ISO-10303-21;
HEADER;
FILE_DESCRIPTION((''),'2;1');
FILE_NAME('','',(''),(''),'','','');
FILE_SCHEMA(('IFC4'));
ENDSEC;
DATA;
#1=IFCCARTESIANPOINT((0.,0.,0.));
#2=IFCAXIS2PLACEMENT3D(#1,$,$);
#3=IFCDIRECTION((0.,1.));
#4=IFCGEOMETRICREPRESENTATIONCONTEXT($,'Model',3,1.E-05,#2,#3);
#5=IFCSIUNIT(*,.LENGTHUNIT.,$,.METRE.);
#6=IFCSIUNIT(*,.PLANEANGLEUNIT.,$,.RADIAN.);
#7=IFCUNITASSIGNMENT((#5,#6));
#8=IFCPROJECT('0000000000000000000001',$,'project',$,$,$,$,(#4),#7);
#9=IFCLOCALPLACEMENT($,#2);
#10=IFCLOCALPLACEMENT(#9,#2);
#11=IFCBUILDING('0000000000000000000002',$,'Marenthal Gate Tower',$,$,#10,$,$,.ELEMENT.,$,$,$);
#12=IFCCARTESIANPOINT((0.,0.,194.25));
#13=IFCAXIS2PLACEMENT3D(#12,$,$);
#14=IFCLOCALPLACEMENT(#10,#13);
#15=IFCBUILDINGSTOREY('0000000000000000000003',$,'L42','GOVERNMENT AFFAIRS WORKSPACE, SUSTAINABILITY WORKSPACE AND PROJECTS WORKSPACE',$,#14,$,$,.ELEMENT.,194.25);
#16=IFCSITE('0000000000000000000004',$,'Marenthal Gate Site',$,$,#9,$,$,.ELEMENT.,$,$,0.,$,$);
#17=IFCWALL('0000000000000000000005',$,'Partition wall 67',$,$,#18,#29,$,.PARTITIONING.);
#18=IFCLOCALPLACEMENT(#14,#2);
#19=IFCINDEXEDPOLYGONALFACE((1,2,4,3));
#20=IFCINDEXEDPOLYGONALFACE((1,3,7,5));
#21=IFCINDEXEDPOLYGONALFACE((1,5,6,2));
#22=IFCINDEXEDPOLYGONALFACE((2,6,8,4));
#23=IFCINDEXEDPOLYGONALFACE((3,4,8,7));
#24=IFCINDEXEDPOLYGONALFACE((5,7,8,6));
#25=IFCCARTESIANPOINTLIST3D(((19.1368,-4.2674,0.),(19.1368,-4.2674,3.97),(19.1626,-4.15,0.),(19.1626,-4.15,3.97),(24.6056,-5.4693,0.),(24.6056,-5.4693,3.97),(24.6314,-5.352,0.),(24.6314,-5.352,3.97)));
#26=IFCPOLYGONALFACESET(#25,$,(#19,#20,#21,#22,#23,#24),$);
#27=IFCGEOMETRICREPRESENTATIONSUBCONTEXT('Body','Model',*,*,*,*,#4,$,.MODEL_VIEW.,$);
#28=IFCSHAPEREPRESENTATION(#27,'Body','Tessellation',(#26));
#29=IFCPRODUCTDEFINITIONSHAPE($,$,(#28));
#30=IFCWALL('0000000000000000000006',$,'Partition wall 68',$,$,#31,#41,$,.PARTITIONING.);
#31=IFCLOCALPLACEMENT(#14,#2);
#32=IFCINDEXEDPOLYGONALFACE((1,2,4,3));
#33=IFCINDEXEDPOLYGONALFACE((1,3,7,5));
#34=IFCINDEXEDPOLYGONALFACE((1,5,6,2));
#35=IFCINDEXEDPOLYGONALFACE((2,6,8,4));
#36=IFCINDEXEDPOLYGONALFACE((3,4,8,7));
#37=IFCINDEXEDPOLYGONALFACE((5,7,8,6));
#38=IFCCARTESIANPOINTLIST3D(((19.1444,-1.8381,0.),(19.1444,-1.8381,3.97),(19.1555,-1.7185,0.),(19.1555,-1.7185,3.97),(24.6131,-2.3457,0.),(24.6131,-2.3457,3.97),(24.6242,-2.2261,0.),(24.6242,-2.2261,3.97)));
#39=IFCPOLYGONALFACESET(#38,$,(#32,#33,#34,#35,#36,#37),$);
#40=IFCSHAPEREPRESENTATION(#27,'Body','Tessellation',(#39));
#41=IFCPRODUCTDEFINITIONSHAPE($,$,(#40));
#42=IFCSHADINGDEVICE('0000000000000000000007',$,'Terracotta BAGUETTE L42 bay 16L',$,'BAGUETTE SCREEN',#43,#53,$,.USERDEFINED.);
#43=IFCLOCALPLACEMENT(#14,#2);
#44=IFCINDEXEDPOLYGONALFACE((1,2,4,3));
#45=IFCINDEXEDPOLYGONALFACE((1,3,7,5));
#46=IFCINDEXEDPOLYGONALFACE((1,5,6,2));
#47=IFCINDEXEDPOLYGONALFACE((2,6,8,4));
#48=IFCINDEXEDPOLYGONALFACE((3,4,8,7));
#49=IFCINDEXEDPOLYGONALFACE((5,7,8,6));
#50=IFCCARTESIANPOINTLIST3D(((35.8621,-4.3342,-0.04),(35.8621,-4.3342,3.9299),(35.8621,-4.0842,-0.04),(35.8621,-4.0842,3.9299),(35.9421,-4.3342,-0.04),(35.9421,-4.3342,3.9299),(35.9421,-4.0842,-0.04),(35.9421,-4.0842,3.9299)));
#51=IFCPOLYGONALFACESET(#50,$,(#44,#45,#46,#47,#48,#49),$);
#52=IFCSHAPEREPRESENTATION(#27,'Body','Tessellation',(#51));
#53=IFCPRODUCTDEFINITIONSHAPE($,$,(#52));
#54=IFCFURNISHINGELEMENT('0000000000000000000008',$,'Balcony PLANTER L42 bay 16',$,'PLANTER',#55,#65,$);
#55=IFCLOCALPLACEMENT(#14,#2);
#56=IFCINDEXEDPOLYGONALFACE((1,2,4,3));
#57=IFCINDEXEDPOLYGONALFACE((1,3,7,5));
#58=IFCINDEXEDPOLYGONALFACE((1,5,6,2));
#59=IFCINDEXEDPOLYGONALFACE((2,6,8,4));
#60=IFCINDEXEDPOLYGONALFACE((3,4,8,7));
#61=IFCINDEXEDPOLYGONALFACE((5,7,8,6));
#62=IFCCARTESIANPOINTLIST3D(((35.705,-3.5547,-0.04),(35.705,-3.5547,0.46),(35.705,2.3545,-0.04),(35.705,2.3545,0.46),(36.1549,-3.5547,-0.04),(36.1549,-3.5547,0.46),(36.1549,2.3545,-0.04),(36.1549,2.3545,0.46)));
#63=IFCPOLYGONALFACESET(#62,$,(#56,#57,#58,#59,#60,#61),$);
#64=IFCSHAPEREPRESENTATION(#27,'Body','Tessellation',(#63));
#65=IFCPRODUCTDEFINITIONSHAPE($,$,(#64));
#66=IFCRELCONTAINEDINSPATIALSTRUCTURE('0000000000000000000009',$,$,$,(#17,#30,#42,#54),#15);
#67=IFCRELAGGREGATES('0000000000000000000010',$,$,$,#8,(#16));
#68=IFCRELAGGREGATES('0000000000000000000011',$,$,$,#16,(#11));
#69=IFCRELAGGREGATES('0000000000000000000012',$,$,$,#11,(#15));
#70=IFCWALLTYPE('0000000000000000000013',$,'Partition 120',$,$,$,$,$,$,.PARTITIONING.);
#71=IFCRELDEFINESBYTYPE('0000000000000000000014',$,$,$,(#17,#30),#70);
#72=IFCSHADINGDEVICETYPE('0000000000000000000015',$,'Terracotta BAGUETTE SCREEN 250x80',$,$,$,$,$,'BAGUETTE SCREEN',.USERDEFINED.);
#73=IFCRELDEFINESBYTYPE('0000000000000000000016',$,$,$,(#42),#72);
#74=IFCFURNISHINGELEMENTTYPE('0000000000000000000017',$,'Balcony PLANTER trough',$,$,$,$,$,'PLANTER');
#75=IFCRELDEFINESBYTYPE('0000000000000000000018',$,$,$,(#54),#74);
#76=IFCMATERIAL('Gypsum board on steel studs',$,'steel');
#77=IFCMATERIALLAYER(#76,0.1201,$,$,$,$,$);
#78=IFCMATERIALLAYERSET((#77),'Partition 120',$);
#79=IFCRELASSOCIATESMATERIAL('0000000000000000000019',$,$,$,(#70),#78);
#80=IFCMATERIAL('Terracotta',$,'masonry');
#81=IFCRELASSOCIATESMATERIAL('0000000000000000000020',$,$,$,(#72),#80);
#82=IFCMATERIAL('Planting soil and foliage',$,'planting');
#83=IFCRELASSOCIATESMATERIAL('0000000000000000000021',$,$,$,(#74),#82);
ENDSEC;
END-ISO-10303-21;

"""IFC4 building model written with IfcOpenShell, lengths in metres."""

from ifc_helpers import new_model, si_unit, direction, frame, frame_2d, origin, origin_2d, place, context, subcontext, project, spatial, rectangle, extrude, material, layer, layer_set, material_profile, profile_set, type_object, element, save


model = new_model("IFC4")

# Units and contexts
model_context = context("Model", 3, precision=1e-05, world=origin(), true_north=direction((0.0, 1.0)))
body_context = subcontext(model_context, "Body", "Model", "MODEL_VIEW")
ifc_project = project(units=[si_unit("LENGTHUNIT", "METRE"), si_unit("PLANEANGLEUNIT", "RADIAN")], contexts=[model_context])

# Site, building, storey
site_placement = place(None, origin())
site = spatial("IfcSite", under=ifc_project, at=site_placement, Name="Marenthal Gate Site", CompositionType="ELEMENT", RefElevation=0.0)
building_placement = place(site_placement, origin())
building = spatial("IfcBuilding", under=site, at=building_placement, Name="Marenthal Gate Tower", CompositionType="ELEMENT")
storey_placement = place(building_placement, frame((0.0, 0.0, 194.25)))
storey = spatial("IfcBuildingStorey", under=building, at=storey_placement, Name="L42", Description="GOVERNMENT AFFAIRS WORKSPACE, SUSTAINABILITY WORKSPACE AND PROJECTS WORKSPACE", CompositionType="ELEMENT", Elevation=194.25)

# Walls
ifc_material_1 = material(Name="Gypsum board on steel studs", Category="steel")
ifc_layer_1 = layer(ifc_material_1, 0.1201)
ifc_layer_set_1 = layer_set([ifc_layer_1], Name="Partition 120")
wall_type_1 = type_object("IfcWallType", Name="Partition 120", PredefinedType="PARTITIONING", material=ifc_layer_set_1)
wall_1_placement = place(storey_placement, frame((24.6187, -5.4106, 0.0), z_axis=(0.0, 0.0, 1.0), x_axis=(-0.97669, 0.214654, 0.0)))
element("IfcWall", 1, at=wall_1_placement, inside=storey, type_object=wall_type_1, Name="Partition wall 67", PredefinedType="PARTITIONING", context=body_context, shape_type="SweptSolid", body=[
    extrude(rectangle(XDim=5.5994, YDim=0.1201, at=frame_2d((2.7998, 0.0))), origin(), (0.0, 0.0, 1.0), 3.97),
])
wall_2_placement = place(storey_placement, frame((24.6187, -2.2859, 0.0), z_axis=(0.0, 0.0, 1.0), x_axis=(-0.995721, 0.092415, 0.0)))
element("IfcWall", 2, at=wall_2_placement, inside=storey, type_object=wall_type_1, Name="Partition wall 68", PredefinedType="PARTITIONING", context=body_context, shape_type="SweptSolid", body=[
    extrude(rectangle(XDim=5.4922, YDim=0.1201, at=frame_2d((2.7461, 0.0))), origin(), (0.0, 0.0, 1.0), 3.97),
])

# Shading device
ifc_material_2 = material(Name="Terracotta", Category="masonry")
ifc_material_profile_1 = material_profile(ifc_material_2, rectangle(XDim=0.25, YDim=0.0801, at=origin_2d()), Name="Terracotta baguette 250x80")
ifc_profile_set_1 = profile_set([ifc_material_profile_1], Name="Terracotta")
shading_device_type = type_object("IfcShadingDeviceType", Name="Terracotta BAGUETTE SCREEN 250x80", ElementType="BAGUETTE SCREEN", PredefinedType="USERDEFINED", material=ifc_profile_set_1)
shading_device_placement = place(storey_placement, frame((35.9021, -4.2092, -0.04), z_axis=(0.0, 0.0, 1.0), x_axis=(0.0, 1.0, 0.0)))
element("IfcShadingDevice", 3, at=shading_device_placement, inside=storey, type_object=shading_device_type, Name="Terracotta BAGUETTE L42 bay 16L", ObjectType="BAGUETTE SCREEN", PredefinedType="USERDEFINED", context=body_context, shape_type="SweptSolid", body=[
    extrude(rectangle(XDim=0.25, YDim=0.0801, at=origin_2d()), origin(), (0.0, 0.0, 1.0), 3.97),
])

# Furnishing element
ifc_material_3 = material(Name="Planting soil and foliage", Category="planting")
furnishing_element_type = type_object("IfcFurnishingElementType", Name="Balcony PLANTER trough", ElementType="PLANTER", material=ifc_material_3)
furnishing_placement = place(storey_placement, frame((35.9299, -0.6001, -0.04), z_axis=(0.0, 0.0, 1.0), x_axis=(0.0, 1.0, 0.0)))
element("IfcFurnishingElement", 4, at=furnishing_placement, inside=storey, type_object=furnishing_element_type, Name="Balcony PLANTER L42 bay 16", ObjectType="PLANTER", context=body_context, shape_type="SweptSolid", body=[
    extrude(rectangle(XDim=5.9092, YDim=0.45, at=origin_2d()), origin(), (0.0, 0.0, 1.0), 0.5),
])

save(model, "model.ifc")
